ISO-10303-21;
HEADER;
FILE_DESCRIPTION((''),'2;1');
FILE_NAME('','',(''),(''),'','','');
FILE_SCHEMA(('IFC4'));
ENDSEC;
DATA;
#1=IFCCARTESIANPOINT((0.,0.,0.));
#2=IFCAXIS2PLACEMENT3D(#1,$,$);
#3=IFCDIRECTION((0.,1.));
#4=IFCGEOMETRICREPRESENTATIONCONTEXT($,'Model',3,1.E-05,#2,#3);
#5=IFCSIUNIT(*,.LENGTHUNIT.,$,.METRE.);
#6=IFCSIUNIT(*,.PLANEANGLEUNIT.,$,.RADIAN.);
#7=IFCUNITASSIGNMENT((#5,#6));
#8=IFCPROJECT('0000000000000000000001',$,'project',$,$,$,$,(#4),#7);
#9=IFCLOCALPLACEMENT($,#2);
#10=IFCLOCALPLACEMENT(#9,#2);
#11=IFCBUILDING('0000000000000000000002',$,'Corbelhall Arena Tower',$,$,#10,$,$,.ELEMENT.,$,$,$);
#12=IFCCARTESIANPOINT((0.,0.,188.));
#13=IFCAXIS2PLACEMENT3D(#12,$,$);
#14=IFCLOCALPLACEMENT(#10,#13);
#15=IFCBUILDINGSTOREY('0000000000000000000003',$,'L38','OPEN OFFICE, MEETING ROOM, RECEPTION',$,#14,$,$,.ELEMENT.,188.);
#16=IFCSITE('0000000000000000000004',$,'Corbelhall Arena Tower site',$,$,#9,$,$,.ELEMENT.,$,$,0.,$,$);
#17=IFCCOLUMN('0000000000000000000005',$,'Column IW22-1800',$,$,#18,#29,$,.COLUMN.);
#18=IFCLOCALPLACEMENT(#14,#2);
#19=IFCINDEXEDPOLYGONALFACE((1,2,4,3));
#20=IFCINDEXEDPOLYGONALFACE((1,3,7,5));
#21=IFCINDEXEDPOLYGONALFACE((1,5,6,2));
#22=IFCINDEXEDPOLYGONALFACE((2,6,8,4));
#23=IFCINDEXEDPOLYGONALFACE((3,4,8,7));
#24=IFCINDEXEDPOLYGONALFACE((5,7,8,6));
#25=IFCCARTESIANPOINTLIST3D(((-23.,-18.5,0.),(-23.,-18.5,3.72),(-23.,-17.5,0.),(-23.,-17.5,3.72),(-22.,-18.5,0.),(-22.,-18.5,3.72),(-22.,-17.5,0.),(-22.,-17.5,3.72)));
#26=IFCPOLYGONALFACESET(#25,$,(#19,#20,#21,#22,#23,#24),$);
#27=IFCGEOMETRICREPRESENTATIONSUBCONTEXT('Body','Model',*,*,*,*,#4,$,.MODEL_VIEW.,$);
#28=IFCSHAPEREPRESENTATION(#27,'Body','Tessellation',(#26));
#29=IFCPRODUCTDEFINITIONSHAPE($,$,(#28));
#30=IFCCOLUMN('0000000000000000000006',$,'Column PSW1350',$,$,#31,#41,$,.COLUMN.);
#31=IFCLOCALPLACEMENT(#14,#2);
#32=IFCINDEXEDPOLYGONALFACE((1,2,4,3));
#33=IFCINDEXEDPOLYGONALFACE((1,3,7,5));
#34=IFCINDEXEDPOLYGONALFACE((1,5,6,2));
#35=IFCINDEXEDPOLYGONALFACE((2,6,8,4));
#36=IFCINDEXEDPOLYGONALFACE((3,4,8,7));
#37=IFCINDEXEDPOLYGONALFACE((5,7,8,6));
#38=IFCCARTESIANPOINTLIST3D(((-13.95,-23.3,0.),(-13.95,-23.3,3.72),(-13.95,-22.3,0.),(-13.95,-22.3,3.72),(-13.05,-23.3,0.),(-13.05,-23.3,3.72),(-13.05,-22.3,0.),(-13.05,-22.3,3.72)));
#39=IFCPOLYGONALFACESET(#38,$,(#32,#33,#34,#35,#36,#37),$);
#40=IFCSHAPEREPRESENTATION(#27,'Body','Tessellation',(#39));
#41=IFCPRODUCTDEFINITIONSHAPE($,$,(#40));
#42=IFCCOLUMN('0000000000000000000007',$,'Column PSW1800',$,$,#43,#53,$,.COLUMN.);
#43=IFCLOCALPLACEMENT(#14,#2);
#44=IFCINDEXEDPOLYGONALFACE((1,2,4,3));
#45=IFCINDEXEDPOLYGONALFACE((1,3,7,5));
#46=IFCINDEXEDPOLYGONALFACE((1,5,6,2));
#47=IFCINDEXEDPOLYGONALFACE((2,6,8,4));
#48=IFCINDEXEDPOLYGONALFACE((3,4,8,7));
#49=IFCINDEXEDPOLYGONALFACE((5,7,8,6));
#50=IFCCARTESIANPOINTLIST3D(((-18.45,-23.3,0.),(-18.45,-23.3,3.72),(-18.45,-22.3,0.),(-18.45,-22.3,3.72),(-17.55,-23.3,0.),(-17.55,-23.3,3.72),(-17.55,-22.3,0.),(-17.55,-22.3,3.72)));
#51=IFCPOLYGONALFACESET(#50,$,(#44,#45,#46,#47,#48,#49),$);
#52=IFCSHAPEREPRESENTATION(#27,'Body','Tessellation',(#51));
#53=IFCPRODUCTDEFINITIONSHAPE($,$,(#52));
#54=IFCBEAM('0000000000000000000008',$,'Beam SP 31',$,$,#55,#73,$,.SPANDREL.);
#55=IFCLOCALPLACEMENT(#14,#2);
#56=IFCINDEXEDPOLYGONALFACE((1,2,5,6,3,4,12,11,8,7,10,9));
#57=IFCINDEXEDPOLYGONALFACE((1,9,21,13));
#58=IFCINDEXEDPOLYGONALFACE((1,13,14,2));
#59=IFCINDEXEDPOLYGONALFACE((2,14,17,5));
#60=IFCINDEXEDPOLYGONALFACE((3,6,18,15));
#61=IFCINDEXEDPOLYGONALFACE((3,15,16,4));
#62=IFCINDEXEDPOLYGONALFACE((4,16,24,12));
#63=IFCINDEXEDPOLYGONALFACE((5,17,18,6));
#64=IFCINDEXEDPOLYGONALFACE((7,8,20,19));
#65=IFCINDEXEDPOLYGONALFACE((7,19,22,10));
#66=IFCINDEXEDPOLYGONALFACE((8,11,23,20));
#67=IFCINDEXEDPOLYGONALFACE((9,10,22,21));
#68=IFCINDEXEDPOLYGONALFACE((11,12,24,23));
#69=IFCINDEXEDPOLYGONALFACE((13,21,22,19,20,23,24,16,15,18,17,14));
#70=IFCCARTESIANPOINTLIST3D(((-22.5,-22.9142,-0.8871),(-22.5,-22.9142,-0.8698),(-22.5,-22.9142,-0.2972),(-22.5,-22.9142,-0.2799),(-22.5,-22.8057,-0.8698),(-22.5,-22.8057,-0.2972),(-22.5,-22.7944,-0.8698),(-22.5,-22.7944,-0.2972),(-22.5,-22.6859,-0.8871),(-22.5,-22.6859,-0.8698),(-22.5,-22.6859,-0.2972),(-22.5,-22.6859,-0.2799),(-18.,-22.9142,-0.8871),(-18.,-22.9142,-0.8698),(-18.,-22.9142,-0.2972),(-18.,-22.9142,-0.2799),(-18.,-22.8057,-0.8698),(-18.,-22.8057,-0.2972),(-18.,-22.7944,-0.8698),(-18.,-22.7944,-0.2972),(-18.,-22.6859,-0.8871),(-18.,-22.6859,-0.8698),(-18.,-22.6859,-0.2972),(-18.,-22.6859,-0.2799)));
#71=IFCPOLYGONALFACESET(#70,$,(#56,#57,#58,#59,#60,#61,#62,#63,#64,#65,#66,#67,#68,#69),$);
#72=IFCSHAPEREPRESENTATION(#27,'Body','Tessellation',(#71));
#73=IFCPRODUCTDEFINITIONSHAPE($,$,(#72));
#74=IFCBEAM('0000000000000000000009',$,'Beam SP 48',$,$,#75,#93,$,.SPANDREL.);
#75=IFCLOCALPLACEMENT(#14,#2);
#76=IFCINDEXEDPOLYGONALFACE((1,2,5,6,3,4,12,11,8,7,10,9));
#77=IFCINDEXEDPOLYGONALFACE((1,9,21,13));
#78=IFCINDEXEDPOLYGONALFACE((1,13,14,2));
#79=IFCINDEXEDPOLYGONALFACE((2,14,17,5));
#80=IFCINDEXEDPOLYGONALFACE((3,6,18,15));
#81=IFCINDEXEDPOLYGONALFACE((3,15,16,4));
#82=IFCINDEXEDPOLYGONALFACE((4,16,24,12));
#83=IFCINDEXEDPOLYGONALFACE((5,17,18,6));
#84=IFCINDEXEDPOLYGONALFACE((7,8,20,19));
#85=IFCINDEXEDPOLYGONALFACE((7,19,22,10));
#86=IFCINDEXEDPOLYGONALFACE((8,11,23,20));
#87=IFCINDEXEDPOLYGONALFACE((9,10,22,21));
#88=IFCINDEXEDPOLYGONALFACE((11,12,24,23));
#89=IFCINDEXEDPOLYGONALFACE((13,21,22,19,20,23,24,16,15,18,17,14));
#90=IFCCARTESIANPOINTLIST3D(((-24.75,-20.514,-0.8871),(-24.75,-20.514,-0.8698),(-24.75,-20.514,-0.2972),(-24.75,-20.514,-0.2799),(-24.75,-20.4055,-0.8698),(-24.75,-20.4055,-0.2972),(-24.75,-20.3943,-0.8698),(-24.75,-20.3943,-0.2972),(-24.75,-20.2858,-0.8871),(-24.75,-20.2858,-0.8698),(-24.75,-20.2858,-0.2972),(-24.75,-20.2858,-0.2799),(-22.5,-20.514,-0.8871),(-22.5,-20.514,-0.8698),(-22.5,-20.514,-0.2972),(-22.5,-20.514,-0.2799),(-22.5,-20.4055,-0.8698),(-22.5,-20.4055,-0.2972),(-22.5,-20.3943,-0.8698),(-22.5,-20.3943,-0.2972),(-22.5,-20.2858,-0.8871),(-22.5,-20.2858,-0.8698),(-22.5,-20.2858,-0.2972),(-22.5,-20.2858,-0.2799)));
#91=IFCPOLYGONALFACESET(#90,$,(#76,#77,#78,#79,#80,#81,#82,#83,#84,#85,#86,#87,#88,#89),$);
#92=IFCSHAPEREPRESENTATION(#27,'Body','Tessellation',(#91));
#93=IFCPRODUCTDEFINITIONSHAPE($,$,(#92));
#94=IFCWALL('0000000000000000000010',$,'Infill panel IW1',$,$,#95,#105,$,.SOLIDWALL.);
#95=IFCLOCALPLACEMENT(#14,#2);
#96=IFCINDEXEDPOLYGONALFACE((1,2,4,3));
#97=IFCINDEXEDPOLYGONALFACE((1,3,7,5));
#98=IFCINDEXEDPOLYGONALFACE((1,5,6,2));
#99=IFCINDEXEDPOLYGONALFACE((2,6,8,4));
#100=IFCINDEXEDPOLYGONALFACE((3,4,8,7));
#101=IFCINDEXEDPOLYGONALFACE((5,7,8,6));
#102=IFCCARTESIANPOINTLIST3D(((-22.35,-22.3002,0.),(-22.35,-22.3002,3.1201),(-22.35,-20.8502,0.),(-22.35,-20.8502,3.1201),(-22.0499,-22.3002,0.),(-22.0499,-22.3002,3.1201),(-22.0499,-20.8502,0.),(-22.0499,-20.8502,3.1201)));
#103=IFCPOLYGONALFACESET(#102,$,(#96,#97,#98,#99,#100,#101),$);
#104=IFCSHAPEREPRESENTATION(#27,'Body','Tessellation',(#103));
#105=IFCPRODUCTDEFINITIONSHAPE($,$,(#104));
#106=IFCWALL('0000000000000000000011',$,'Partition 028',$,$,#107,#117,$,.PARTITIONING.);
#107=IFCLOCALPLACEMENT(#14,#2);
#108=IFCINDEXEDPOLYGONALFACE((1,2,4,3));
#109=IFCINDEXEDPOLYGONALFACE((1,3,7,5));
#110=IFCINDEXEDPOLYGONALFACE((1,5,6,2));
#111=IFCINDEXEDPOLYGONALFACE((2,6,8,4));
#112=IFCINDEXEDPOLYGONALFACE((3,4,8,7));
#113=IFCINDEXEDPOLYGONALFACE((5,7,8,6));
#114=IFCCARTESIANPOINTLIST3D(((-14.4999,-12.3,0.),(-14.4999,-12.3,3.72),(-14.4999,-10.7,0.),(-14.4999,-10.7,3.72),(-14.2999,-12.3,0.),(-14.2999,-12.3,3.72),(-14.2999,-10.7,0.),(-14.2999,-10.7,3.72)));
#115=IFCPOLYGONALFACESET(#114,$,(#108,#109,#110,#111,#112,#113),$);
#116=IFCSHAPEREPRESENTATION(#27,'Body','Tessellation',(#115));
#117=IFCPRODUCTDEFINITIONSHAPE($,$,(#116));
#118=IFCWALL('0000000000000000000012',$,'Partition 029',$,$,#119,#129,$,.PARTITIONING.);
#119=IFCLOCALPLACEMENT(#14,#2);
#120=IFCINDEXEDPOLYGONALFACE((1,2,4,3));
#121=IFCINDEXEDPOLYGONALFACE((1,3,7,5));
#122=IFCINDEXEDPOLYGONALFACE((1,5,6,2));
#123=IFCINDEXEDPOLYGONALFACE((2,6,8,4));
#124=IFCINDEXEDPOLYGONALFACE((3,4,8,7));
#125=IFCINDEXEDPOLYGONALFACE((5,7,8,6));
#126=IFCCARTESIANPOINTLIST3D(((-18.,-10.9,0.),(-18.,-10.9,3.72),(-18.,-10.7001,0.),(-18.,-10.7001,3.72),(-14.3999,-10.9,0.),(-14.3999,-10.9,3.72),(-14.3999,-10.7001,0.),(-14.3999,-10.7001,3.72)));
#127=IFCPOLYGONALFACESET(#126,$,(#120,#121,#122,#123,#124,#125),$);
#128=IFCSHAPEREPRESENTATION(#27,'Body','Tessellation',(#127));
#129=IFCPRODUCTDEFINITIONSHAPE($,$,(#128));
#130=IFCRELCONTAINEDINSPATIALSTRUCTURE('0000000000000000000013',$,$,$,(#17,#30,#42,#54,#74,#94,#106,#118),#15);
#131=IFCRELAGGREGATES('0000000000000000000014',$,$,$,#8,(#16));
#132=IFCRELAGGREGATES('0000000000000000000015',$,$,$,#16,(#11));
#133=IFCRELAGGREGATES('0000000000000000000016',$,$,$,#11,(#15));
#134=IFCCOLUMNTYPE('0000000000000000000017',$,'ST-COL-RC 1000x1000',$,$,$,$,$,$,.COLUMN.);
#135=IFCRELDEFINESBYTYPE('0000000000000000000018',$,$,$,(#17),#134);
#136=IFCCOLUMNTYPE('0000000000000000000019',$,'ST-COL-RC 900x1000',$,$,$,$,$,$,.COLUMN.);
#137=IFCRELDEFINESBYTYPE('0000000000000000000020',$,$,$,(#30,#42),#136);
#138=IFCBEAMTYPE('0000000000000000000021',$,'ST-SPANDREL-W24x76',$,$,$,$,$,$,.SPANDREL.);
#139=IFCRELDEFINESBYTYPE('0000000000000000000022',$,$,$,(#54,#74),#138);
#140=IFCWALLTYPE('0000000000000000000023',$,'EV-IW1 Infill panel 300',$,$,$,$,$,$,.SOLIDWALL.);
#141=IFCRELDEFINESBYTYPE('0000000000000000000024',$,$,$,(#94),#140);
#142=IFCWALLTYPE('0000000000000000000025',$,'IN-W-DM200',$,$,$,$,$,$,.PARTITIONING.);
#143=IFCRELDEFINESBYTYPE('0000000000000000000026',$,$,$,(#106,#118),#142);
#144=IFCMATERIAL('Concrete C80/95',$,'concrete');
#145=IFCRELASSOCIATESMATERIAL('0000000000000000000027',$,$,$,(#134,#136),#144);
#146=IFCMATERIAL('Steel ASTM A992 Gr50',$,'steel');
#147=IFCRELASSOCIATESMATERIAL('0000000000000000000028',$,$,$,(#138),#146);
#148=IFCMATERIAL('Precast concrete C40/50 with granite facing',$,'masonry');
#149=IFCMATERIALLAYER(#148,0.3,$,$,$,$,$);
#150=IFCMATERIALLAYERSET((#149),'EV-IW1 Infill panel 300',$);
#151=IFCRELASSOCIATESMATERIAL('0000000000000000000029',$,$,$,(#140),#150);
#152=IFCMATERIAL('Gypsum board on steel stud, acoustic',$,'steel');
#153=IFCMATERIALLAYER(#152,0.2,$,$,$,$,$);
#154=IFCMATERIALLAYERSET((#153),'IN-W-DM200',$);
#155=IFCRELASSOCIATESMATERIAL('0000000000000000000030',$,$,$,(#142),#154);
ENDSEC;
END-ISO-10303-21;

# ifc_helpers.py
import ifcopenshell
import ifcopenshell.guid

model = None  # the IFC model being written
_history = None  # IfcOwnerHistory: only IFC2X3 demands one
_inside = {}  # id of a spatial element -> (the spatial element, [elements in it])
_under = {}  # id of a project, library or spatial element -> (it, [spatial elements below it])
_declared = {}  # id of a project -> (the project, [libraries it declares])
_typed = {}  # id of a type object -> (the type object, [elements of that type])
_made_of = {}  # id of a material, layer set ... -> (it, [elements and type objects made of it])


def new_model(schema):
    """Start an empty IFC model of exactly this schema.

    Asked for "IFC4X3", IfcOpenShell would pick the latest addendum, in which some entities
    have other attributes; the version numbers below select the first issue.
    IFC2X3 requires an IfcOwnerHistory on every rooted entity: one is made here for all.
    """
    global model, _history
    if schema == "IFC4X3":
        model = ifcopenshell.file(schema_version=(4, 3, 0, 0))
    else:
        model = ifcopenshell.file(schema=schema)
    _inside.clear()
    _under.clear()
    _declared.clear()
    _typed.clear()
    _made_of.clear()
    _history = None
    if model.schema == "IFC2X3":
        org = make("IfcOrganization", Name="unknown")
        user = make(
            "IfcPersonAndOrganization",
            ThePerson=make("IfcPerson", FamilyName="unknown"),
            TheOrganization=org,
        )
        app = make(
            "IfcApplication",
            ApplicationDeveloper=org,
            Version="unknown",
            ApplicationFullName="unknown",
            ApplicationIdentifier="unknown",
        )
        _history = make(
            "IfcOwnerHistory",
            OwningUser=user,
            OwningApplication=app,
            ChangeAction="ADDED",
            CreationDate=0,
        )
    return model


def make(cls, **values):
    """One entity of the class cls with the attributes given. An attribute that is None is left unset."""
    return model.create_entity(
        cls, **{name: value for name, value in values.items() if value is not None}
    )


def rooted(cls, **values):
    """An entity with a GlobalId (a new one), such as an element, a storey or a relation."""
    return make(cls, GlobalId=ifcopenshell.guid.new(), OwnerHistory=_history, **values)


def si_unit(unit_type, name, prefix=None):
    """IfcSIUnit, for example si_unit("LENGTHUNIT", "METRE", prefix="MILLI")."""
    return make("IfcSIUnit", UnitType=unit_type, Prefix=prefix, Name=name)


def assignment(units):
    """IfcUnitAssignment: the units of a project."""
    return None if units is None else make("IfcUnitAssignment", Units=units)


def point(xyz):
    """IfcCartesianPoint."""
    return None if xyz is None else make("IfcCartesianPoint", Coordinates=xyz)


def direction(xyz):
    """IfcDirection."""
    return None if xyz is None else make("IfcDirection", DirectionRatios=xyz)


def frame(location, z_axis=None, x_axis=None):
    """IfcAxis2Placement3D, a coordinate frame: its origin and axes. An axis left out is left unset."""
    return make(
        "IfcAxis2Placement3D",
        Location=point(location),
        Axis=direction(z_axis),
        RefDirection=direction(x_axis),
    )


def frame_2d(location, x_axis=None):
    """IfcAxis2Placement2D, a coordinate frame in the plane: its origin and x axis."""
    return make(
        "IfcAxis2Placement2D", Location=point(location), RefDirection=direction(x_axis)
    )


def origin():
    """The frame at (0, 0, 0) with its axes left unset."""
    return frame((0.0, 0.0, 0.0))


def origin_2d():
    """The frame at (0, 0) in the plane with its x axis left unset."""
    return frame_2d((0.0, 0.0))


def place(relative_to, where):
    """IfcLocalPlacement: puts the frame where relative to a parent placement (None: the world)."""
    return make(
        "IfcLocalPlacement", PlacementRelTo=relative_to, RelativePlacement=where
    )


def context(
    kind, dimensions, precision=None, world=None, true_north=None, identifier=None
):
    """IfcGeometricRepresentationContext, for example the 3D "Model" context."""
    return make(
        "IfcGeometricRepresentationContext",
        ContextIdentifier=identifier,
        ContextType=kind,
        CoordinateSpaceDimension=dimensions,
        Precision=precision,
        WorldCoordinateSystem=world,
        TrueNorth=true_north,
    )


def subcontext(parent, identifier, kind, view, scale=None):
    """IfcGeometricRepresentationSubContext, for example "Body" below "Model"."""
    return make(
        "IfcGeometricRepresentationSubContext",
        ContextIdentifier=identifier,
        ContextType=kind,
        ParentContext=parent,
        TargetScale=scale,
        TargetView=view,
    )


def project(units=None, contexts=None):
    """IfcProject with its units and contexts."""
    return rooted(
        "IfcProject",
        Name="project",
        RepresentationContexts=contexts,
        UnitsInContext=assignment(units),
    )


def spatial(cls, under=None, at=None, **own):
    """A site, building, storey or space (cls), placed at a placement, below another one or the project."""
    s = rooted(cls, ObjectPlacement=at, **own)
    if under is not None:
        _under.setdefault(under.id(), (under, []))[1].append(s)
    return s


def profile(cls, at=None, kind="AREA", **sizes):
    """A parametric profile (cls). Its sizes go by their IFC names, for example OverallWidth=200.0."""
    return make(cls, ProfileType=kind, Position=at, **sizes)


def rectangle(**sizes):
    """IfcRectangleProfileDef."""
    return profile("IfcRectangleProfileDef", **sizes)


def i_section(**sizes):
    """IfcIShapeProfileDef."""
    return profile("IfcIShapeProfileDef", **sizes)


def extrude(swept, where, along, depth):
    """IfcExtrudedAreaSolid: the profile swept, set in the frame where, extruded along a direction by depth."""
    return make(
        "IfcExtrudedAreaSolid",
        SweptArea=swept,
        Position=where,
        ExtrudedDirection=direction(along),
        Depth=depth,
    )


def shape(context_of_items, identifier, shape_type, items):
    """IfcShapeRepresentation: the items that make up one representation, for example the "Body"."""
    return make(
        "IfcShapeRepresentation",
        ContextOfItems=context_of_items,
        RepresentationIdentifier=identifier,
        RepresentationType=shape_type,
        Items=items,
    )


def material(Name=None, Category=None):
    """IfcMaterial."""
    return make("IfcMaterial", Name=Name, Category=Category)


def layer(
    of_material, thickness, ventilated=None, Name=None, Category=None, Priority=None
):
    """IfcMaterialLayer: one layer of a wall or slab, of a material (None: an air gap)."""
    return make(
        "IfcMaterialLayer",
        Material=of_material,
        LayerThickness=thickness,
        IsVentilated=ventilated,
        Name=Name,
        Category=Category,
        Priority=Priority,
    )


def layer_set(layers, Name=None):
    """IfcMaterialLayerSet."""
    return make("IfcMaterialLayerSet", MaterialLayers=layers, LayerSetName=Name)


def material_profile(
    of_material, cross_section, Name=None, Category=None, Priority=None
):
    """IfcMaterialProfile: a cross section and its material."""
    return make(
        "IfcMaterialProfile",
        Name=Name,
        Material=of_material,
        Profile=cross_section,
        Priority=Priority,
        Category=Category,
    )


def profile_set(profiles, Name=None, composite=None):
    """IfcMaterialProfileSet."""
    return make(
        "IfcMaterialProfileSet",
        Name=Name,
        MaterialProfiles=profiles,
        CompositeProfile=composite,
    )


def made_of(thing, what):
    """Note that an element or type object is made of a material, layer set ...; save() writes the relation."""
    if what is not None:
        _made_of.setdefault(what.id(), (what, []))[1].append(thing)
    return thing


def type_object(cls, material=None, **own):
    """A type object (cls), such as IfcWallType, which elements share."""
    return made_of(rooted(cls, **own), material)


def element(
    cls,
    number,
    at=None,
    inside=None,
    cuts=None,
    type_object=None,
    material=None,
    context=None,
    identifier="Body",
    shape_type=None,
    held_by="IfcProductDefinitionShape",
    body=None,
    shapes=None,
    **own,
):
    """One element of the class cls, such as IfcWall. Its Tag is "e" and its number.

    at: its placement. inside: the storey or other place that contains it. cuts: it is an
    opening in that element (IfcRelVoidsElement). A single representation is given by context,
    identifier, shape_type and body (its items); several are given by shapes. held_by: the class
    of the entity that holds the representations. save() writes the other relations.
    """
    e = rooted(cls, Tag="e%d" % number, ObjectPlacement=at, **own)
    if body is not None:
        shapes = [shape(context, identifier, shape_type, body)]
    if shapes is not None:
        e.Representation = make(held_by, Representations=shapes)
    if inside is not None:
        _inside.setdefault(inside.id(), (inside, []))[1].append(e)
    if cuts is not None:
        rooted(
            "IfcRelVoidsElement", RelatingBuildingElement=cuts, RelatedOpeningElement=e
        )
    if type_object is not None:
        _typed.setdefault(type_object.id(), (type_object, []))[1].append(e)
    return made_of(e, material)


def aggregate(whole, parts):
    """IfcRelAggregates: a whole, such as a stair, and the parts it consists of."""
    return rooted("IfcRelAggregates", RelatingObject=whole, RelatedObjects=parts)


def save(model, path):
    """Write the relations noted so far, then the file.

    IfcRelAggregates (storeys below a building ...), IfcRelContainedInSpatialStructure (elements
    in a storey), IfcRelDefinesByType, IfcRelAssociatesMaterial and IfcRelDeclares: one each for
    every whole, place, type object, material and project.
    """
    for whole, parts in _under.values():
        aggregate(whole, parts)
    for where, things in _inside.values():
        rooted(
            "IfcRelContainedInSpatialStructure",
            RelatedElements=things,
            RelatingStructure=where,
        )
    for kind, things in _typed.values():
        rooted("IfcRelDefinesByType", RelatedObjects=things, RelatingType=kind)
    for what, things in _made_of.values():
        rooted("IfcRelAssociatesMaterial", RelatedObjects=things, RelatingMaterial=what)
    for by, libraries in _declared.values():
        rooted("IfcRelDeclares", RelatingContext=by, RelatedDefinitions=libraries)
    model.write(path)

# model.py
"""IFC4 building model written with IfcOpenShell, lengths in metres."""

from ifc_helpers import new_model, si_unit, direction, frame, frame_2d, origin, origin_2d, place, context, subcontext, project, spatial, rectangle, i_section, extrude, material, layer, layer_set, material_profile, profile_set, type_object, element, save


model = new_model("IFC4")

# Units and contexts
model_context = context("Model", 3, precision=1e-05, world=origin(), true_north=direction((0.0, 1.0)))
body_context = subcontext(model_context, "Body", "Model", "MODEL_VIEW")
ifc_project = project(units=[si_unit("LENGTHUNIT", "METRE"), si_unit("PLANEANGLEUNIT", "RADIAN")], contexts=[model_context])

# Site, building, storey
site_placement = place(None, origin())
site = spatial("IfcSite", under=ifc_project, at=site_placement, Name="Corbelhall Arena Tower site", CompositionType="ELEMENT", RefElevation=0.0)
building_placement = place(site_placement, origin())
building = spatial("IfcBuilding", under=site, at=building_placement, Name="Corbelhall Arena Tower", CompositionType="ELEMENT")
storey_placement = place(building_placement, frame((0.0, 0.0, 188.0)))
storey = spatial("IfcBuildingStorey", under=building, at=storey_placement, Name="L38", Description="OPEN OFFICE, MEETING ROOM, RECEPTION", CompositionType="ELEMENT", Elevation=188.0)

# Columns
ifc_material_1 = material(Name="Concrete C80/95", Category="concrete")
ifc_material_profile_1 = material_profile(ifc_material_1, rectangle(XDim=1.0, YDim=1.0, at=origin_2d()))
ifc_profile_set_1 = profile_set([ifc_material_profile_1], Name="Concrete C80/95")
column_type_1 = type_object("IfcColumnType", Name="ST-COL-RC 1000x1000", PredefinedType="COLUMN", material=ifc_profile_set_1)
column_placement = place(storey_placement, frame((-22.5, -18.0, 0.0), z_axis=(0.0, 0.0, 1.0), x_axis=(1.0, 0.0, 0.0)))
element("IfcColumn", 1, at=column_placement, inside=storey, type_object=column_type_1, Name="Column IW22-1800", PredefinedType="COLUMN", context=body_context, shape_type="SweptSolid", body=[
    extrude(rectangle(XDim=1.0, YDim=1.0, at=origin_2d()), origin(), (0.0, 0.0, 1.0), 3.72),
])
ifc_material_profile_2 = material_profile(ifc_material_1, rectangle(XDim=0.8999, YDim=1.0, at=origin_2d()))
ifc_profile_set_2 = profile_set([ifc_material_profile_2], Name="Concrete C80/95")
column_type_2 = type_object("IfcColumnType", Name="ST-COL-RC 900x1000", PredefinedType="COLUMN", material=ifc_profile_set_2)
for number, where, z_axis, x_axis, name in (
    (2, (-13.5, -22.8, 0.0), (0.0, 0.0, 1.0), (1.0, 0.0, 0.0), "Column PSW1350"),
    (3, (-18.0, -22.8, 0.0), (0.0, 0.0, 1.0), (1.0, 0.0, 0.0), "Column PSW1800"),
):
    element("IfcColumn", number, at=place(storey_placement, frame(where, z_axis=z_axis, x_axis=x_axis)), inside=storey, type_object=column_type_2, Name=name, PredefinedType="COLUMN", context=body_context, shape_type="SweptSolid", body=[
        extrude(rectangle(XDim=0.8999, YDim=1.0, at=origin_2d()), origin(), (0.0, 0.0, 1.0), 3.72),
    ])

# Beams
ifc_material_2 = material(Name="Steel ASTM A992 Gr50", Category="steel")
ifc_material_profile_3 = material_profile(ifc_material_2, i_section(OverallWidth=0.2283, OverallDepth=0.6072, WebThickness=0.0112, FlangeThickness=0.0173, at=origin_2d()))
ifc_profile_set_3 = profile_set([ifc_material_profile_3], Name="Steel ASTM A992 Gr50")
beam_type = type_object("IfcBeamType", Name="ST-SPANDREL-W24x76", PredefinedType="SPANDREL", material=ifc_profile_set_3)
beam_1_placement = place(storey_placement, frame((-18.0, -22.8, -0.5835), z_axis=(-1.0, 0.0, 0.0), x_axis=(0.0, -1.0, 0.0)))
element("IfcBeam", 4, at=beam_1_placement, inside=storey, type_object=beam_type, Name="Beam SP 31", PredefinedType="SPANDREL", context=body_context, shape_type="SweptSolid", body=[
    extrude(i_section(OverallWidth=0.2283, OverallDepth=0.6072, WebThickness=0.0112, FlangeThickness=0.0173, at=origin_2d()), origin(), (0.0, 0.0, 1.0), 4.5),
])
beam_2_placement = place(storey_placement, frame((-22.5, -20.3999, -0.5835), z_axis=(-1.0, 0.0, 0.0), x_axis=(0.0, -1.0, 0.0)))
element("IfcBeam", 5, at=beam_2_placement, inside=storey, type_object=beam_type, Name="Beam SP 48", PredefinedType="SPANDREL", context=body_context, shape_type="SweptSolid", body=[
    extrude(i_section(OverallWidth=0.2283, OverallDepth=0.6072, WebThickness=0.0112, FlangeThickness=0.0173, at=origin_2d()), origin(), (0.0, 0.0, 1.0), 2.25),
])

# Wall
ifc_material_3 = material(Name="Precast concrete C40/50 with granite facing", Category="masonry")
ifc_layer_1 = layer(ifc_material_3, 0.3)
ifc_layer_set_1 = layer_set([ifc_layer_1], Name="EV-IW1 Infill panel 300")
wall_type_1 = type_object("IfcWallType", Name="EV-IW1 Infill panel 300", PredefinedType="SOLIDWALL", material=ifc_layer_set_1)
wall_1_placement = place(storey_placement, frame((-22.2, -20.8501, 0.0), z_axis=(0.0, 0.0, 1.0), x_axis=(0.0, -1.0, 0.0)))
element("IfcWall", 6, at=wall_1_placement, inside=storey, type_object=wall_type_1, Name="Infill panel IW1", PredefinedType="SOLIDWALL", context=body_context, shape_type="SweptSolid", body=[
    extrude(rectangle(XDim=1.45, YDim=0.3, at=frame_2d((0.7251, 0.0))), origin(), (0.0, 0.0, 1.0), 3.1201),
])

# Shared definitions
ifc_material_4 = material(Name="Gypsum board on steel stud, acoustic", Category="steel")
ifc_layer_2 = layer(ifc_material_4, 0.2)
ifc_layer_set_2 = layer_set([ifc_layer_2], Name="IN-W-DM200")
wall_type_2 = type_object("IfcWallType", Name="IN-W-DM200", PredefinedType="PARTITIONING", material=ifc_layer_set_2)

# Walls
wall_2_placement = place(storey_placement, frame((-14.3999, -12.3, 0.0), z_axis=(0.0, 0.0, 1.0), x_axis=(0.0, 1.0, 0.0)))
element("IfcWall", 7, at=wall_2_placement, inside=storey, type_object=wall_type_2, Name="Partition 028", PredefinedType="PARTITIONING", context=body_context, shape_type="SweptSolid", body=[
    extrude(rectangle(XDim=1.6001, YDim=0.2, at=frame_2d((0.8, 0.0))), origin(), (0.0, 0.0, 1.0), 3.72),
])
wall_3_placement = place(storey_placement, frame((-14.3999, -10.8, 0.0), z_axis=(0.0, 0.0, 1.0), x_axis=(-1.0, 0.0, 0.0)))
element("IfcWall", 8, at=wall_3_placement, inside=storey, type_object=wall_type_2, Name="Partition 029", PredefinedType="PARTITIONING", context=body_context, shape_type="SweptSolid", body=[
    extrude(rectangle(XDim=3.6001, YDim=0.2, at=frame_2d((1.8, 0.0))), origin(), (0.0, 0.0, 1.0), 3.72),
])

save(model, "model.ifc")
